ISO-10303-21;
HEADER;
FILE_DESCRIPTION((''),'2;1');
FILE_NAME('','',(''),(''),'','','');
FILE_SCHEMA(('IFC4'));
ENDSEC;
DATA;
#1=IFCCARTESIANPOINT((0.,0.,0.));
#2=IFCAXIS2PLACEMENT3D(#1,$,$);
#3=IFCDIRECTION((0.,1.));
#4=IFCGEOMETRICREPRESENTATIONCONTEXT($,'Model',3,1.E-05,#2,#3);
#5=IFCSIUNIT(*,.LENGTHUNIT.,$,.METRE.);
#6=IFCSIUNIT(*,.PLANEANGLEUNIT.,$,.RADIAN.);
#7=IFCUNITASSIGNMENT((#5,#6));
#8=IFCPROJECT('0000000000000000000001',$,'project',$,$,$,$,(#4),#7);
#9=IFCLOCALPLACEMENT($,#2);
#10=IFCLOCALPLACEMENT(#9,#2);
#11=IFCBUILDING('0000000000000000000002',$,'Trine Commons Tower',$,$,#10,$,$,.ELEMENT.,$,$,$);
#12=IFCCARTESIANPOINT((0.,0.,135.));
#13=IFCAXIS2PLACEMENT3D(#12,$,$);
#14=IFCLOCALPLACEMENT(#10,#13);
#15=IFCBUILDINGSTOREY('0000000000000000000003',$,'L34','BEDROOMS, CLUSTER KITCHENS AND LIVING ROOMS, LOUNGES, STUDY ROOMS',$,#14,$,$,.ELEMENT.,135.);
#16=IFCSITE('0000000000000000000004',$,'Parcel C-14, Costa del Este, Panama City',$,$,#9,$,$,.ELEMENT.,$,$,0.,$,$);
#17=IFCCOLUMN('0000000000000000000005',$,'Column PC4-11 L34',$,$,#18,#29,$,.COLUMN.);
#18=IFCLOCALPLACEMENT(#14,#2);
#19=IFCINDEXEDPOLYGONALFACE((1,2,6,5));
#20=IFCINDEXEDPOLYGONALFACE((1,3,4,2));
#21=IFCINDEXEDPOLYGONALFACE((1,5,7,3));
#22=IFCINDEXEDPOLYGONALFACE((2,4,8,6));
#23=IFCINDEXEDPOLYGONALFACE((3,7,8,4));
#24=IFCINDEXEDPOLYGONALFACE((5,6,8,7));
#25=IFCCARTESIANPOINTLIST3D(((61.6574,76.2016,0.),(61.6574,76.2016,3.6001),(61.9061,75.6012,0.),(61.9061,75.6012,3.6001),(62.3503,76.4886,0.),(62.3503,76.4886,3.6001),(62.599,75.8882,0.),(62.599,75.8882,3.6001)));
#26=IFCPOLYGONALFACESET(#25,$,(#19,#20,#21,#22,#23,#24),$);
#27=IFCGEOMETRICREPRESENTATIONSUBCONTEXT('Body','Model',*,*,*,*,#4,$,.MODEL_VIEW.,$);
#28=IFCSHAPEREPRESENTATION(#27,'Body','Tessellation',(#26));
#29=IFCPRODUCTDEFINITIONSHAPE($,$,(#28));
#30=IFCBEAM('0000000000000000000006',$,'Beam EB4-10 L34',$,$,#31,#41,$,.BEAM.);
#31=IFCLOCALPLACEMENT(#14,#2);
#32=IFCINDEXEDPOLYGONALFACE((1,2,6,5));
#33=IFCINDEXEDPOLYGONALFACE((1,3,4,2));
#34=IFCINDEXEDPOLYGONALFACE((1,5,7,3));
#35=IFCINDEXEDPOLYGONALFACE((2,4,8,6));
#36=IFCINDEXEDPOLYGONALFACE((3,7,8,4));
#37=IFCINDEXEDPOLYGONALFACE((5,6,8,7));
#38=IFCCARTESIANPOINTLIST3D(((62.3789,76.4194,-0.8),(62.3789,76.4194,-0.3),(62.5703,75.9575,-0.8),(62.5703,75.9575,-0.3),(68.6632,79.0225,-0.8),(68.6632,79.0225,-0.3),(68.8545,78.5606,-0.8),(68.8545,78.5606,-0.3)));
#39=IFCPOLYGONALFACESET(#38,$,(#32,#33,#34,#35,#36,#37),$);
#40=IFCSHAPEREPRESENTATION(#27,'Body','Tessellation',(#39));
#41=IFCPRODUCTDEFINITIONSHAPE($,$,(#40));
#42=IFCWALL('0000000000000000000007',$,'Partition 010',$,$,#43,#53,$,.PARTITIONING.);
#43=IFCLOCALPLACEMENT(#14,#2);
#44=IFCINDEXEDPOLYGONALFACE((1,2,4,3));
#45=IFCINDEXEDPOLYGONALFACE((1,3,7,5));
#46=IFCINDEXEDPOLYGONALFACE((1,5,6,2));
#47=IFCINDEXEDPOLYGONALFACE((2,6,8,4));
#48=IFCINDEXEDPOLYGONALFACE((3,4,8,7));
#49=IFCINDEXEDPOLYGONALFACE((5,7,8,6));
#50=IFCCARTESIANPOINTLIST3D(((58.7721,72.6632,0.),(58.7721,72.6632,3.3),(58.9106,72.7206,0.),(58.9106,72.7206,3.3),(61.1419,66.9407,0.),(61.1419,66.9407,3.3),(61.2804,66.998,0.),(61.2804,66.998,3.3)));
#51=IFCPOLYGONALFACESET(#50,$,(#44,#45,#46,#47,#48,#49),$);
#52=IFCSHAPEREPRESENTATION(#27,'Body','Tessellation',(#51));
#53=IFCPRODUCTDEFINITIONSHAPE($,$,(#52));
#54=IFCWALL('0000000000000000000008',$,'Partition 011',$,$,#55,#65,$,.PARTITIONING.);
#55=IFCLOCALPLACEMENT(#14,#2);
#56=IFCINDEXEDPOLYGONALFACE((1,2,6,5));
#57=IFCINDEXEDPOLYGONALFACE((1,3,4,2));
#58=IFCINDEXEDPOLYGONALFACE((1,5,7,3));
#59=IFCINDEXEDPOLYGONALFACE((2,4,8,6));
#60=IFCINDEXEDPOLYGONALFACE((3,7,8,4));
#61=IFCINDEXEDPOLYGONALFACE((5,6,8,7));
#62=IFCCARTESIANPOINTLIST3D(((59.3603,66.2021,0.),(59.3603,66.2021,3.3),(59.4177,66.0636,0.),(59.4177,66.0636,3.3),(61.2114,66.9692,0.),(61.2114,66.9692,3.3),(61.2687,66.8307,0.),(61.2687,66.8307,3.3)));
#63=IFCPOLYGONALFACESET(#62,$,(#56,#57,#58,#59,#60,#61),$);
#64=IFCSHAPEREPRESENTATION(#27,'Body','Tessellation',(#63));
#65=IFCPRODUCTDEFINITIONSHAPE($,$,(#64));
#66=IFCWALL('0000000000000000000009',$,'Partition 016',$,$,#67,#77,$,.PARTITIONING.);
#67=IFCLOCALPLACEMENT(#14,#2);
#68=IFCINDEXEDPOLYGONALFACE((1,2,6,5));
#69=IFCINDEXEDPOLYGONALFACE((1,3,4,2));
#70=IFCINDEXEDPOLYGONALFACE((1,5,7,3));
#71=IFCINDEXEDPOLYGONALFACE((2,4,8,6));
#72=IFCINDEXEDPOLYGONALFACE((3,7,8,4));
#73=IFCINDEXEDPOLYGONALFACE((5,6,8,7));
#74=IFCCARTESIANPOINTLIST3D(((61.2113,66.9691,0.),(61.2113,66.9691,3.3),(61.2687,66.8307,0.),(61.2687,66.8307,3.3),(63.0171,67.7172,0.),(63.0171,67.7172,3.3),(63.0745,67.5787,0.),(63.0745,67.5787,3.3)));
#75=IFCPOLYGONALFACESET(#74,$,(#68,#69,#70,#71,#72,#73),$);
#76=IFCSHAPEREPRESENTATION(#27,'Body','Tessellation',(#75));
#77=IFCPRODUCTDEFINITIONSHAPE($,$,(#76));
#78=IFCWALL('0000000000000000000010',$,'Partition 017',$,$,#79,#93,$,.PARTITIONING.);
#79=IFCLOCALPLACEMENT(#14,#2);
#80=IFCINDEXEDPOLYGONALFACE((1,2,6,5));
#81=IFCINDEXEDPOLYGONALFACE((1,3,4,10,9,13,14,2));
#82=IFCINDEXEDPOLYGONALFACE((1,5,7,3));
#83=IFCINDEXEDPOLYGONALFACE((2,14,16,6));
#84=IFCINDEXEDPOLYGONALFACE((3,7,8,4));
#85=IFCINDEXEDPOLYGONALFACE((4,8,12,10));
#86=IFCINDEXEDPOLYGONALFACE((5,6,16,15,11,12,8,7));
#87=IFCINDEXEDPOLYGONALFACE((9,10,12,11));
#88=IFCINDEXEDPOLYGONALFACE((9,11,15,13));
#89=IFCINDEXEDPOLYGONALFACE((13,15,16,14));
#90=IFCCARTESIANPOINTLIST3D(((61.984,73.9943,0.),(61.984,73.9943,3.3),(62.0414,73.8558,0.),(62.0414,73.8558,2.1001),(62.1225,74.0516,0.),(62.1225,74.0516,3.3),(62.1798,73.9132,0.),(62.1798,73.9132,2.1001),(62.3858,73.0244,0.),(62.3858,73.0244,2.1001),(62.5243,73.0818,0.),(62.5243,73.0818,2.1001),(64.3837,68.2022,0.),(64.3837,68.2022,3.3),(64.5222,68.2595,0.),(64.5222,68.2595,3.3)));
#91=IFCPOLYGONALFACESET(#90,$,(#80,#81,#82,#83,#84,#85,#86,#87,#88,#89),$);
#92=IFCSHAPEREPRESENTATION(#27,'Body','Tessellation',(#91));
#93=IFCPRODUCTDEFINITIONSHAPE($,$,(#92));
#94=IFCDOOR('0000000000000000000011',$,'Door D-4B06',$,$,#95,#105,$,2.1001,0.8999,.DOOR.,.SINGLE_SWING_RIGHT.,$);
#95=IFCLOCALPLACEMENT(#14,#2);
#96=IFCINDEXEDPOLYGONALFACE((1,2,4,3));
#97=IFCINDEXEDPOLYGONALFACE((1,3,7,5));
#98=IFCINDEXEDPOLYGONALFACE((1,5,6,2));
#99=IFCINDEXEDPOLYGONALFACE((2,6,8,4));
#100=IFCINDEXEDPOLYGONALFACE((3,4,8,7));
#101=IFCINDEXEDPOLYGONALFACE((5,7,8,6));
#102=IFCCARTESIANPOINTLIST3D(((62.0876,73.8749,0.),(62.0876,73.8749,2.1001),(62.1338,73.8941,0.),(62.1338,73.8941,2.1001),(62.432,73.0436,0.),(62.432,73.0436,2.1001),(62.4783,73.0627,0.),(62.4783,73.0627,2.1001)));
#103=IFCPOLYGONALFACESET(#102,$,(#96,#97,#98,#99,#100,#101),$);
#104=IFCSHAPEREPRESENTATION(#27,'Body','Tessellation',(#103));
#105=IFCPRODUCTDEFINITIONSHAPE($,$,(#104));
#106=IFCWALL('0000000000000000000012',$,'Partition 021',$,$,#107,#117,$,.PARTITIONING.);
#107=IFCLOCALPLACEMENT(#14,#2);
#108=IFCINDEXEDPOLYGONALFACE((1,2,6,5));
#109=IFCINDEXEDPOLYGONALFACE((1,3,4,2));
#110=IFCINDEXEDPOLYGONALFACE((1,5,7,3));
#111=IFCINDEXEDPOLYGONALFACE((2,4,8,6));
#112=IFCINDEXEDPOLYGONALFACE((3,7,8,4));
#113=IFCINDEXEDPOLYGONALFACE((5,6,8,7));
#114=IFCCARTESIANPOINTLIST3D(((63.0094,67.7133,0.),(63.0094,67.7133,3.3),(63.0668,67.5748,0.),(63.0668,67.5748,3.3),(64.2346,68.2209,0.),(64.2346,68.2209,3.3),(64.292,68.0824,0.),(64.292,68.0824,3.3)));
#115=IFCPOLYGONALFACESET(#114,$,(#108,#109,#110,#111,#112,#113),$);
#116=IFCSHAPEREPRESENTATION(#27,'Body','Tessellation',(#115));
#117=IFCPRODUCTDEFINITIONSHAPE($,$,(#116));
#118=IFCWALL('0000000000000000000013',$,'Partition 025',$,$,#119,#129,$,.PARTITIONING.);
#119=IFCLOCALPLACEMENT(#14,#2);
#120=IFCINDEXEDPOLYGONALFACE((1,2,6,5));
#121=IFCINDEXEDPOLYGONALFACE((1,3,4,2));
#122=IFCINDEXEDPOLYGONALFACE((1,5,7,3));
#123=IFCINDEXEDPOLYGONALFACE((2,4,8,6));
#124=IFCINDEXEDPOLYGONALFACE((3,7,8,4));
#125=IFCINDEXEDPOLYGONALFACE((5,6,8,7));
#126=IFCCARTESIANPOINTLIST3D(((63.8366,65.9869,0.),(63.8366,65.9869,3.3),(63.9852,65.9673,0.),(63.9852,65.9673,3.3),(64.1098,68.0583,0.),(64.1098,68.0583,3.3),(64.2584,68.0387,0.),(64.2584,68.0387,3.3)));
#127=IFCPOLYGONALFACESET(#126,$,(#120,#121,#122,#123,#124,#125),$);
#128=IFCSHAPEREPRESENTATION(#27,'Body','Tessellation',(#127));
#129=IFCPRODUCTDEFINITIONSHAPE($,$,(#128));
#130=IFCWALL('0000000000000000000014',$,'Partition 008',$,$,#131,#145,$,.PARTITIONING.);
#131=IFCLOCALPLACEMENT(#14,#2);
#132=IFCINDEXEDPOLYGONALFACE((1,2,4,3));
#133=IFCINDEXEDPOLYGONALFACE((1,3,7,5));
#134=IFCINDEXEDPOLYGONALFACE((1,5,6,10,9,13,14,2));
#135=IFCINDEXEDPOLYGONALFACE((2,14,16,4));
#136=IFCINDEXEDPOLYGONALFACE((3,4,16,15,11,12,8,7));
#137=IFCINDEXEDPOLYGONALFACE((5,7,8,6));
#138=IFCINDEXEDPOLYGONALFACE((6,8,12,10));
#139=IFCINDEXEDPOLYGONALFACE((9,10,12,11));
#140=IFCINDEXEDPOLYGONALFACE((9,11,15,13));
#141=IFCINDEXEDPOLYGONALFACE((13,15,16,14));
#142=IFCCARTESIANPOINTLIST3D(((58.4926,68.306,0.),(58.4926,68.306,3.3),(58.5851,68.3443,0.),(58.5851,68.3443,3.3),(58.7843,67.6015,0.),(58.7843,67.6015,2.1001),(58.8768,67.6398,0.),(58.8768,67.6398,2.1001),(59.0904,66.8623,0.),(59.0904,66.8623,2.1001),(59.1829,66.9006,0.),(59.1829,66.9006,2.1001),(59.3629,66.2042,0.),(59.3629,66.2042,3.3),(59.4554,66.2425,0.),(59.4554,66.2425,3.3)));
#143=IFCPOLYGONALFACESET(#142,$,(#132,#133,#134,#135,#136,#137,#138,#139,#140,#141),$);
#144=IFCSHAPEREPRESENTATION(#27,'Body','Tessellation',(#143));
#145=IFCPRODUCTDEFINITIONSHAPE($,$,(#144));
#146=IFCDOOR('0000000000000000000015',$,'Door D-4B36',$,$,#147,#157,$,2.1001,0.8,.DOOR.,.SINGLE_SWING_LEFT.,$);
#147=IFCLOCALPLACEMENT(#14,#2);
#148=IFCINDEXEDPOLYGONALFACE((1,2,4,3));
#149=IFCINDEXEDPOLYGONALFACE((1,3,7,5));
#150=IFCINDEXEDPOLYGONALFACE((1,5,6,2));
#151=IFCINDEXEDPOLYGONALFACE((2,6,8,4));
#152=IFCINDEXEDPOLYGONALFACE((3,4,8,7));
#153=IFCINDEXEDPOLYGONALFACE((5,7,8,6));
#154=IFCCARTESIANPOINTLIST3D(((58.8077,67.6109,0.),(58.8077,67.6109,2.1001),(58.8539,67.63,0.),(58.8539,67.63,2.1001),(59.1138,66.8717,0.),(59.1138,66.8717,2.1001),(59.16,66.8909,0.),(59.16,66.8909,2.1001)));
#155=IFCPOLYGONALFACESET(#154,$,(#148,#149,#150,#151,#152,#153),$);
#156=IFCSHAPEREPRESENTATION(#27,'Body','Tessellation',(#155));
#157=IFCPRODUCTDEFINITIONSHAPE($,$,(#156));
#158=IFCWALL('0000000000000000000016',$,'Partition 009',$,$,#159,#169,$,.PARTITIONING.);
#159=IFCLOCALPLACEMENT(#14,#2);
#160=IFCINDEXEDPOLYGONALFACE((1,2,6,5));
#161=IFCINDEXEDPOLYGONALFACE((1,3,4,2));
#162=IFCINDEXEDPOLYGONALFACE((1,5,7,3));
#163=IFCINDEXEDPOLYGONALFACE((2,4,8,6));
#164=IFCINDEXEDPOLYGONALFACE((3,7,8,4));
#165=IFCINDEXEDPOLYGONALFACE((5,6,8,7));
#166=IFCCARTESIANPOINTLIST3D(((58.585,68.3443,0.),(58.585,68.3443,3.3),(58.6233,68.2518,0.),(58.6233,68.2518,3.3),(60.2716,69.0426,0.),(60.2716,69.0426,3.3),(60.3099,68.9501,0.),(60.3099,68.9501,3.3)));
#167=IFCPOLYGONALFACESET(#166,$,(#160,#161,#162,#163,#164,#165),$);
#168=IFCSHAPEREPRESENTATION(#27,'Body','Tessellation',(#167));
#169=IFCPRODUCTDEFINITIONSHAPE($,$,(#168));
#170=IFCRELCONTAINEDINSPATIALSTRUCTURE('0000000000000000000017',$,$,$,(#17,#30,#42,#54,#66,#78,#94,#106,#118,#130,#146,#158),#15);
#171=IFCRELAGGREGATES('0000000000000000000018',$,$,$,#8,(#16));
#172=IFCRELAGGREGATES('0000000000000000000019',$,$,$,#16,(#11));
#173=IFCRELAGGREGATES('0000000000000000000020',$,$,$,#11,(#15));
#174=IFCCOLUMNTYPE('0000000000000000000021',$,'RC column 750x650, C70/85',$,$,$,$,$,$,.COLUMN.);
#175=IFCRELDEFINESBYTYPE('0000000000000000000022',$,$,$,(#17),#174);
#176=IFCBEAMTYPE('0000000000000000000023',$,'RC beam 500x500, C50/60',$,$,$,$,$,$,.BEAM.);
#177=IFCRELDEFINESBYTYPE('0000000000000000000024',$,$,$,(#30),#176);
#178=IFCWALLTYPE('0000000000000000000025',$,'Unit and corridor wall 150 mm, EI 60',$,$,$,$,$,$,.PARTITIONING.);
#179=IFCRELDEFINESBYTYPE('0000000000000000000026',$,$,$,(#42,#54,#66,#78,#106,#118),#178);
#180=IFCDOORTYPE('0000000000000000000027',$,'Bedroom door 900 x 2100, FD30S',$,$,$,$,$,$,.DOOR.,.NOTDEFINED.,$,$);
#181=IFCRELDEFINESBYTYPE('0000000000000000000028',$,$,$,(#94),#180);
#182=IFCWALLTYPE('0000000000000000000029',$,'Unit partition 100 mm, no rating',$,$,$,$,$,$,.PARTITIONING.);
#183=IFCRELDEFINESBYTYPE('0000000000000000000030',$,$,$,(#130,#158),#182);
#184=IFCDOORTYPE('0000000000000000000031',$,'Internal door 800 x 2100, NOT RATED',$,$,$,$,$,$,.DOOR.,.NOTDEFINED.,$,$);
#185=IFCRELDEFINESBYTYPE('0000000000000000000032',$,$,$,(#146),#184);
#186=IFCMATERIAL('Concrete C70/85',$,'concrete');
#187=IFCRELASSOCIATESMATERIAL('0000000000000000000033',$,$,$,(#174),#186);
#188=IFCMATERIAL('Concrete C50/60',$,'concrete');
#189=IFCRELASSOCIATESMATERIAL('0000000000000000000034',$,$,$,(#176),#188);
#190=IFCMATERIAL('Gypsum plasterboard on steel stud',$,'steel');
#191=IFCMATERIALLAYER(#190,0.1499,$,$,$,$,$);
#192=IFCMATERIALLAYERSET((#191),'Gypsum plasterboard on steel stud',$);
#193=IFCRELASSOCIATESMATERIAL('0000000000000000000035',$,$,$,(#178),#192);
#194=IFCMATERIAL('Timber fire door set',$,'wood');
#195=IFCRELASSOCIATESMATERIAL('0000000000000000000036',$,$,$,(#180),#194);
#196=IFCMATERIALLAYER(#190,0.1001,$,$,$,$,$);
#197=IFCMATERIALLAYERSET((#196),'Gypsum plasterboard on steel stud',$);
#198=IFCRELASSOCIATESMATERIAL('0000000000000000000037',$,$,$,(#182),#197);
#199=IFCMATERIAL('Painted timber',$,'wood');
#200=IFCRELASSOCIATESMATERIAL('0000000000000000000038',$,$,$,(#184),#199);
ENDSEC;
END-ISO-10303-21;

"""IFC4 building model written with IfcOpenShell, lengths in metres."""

from ifc_helpers import new_model, si_unit, direction, frame, frame_2d, origin, origin_2d, place, context, subcontext, project, spatial, rectangle, extrude, material, layer, layer_set, material_profile, profile_set, type_object, element, fill, save


model = new_model("IFC4")

# Units and contexts
model_context = context("Model", 3, precision=1e-05, world=origin(), true_north=direction((0.0, 1.0)))
body_context = subcontext(model_context, "Body", "Model", "MODEL_VIEW")
ifc_project = project(units=[si_unit("LENGTHUNIT", "METRE"), si_unit("PLANEANGLEUNIT", "RADIAN")], contexts=[model_context])

# Site, building, storey
site_placement = place(None, origin())
site = spatial("IfcSite", under=ifc_project, at=site_placement, Name="Parcel C-14, Costa del Este, Panama City", CompositionType="ELEMENT", RefElevation=0.0)
building_placement = place(site_placement, origin())
building = spatial("IfcBuilding", under=site, at=building_placement, Name="Trine Commons Tower", CompositionType="ELEMENT")
storey_placement = place(building_placement, frame((0.0, 0.0, 135.0)))
storey = spatial("IfcBuildingStorey", under=building, at=storey_placement, Name="L34", Description="BEDROOMS, CLUSTER KITCHENS AND LIVING ROOMS, LOUNGES, STUDY ROOMS", CompositionType="ELEMENT", Elevation=135.0)

# Column
ifc_material_1 = material(Name="Concrete C70/85", Category="concrete")
ifc_material_profile_1 = material_profile(ifc_material_1, rectangle(XDim=0.75, YDim=0.6499, at=origin_2d()), Name="RC 750x650")
ifc_profile_set_1 = profile_set([ifc_material_profile_1], Name="Concrete C70/85")
column_type = type_object("IfcColumnType", Name="RC column 750x650, C70/85", PredefinedType="COLUMN", material=ifc_profile_set_1)
column_placement = place(storey_placement, frame((62.1282, 76.0449, 0.0), z_axis=(0.0, 0.0, 1.0), x_axis=(0.92388, 0.382683, 0.0)))
element("IfcColumn", 1, at=column_placement, inside=storey, type_object=column_type, Name="Column PC4-11 L34", PredefinedType="COLUMN", context=body_context, shape_type="SweptSolid", body=[
    extrude(rectangle(XDim=0.75, YDim=0.6499, at=origin_2d()), origin(), (0.0, 0.0, 1.0), 3.6001),
])

# Beam
ifc_material_2 = material(Name="Concrete C50/60", Category="concrete")
ifc_material_profile_2 = material_profile(ifc_material_2, rectangle(XDim=0.5, YDim=0.5, at=origin_2d()), Name="RC 500x500")
ifc_profile_set_2 = profile_set([ifc_material_profile_2], Name="Concrete C50/60")
beam_type = type_object("IfcBeamType", Name="RC beam 500x500, C50/60", PredefinedType="BEAM", material=ifc_profile_set_2)
beam_placement = place(storey_placement, frame((62.4746, 76.1885, -0.55), z_axis=(0.923878, 0.382688, 0.0), x_axis=(-0.382688, 0.923878, 0.0)))
element("IfcBeam", 2, at=beam_placement, inside=storey, type_object=beam_type, Name="Beam EB4-10 L34", PredefinedType="BEAM", context=body_context, shape_type="SweptSolid", body=[
    extrude(rectangle(XDim=0.5, YDim=0.5, at=origin_2d()), origin(), (0.0, 0.0, 1.0), 6.802),
])

# Walls
ifc_material_3 = material(Name="Gypsum plasterboard on steel stud", Category="steel")
ifc_layer_1 = layer(ifc_material_3, 0.1499)
ifc_layer_set_1 = layer_set([ifc_layer_1], Name="Gypsum plasterboard on steel stud")
wall_type_1 = type_object("IfcWallType", Name="Unit and corridor wall 150 mm, EI 60", PredefinedType="PARTITIONING", material=ifc_layer_set_1)
wall_1_placement = place(storey_placement, frame((58.8413, 72.6919, 0.0), z_axis=(0.0, 0.0, 1.0), x_axis=(0.382611, -0.92391, 0.0)))
element("IfcWall", 3, at=wall_1_placement, inside=storey, type_object=wall_type_1, Name="Partition 010", PredefinedType="PARTITIONING", context=body_context, shape_type="SweptSolid", body=[
    extrude(rectangle(XDim=6.1938, YDim=0.1499, at=frame_2d((3.0969, 0.0))), origin(), (0.0, 0.0, 1.0), 3.3),
])
wall_2_placement = place(storey_placement, frame((59.3889, 66.1328, 0.0), z_axis=(0.0, 0.0, 1.0), x_axis=(0.923818, 0.382832, 0.0)))
element("IfcWall", 4, at=wall_2_placement, inside=storey, type_object=wall_type_1, Name="Partition 011", PredefinedType="PARTITIONING", context=body_context, shape_type="SweptSolid", body=[
    extrude(rectangle(XDim=2.0037, YDim=0.1499, at=frame_2d((1.002, 0.0))), origin(), (0.0, 0.0, 1.0), 3.3),
])
wall_3_placement = place(storey_placement, frame((61.24, 66.8999, 0.0), z_axis=(0.0, 0.0, 1.0), x_axis=(0.923877, 0.38269, 0.0)))
element("IfcWall", 5, at=wall_3_placement, inside=storey, type_object=wall_type_1, Name="Partition 016", PredefinedType="PARTITIONING", context=body_context, shape_type="SweptSolid", body=[
    extrude(rectangle(XDim=1.9546, YDim=0.1499, at=frame_2d((0.9773, 0.0))), origin(), (0.0, 0.0, 1.0), 3.3),
])

# Wall, opening, door
wall_4_placement = place(storey_placement, frame((62.0532, 74.0229, 0.0), z_axis=(0.0, 0.0, 1.0), x_axis=(0.382756, -0.923849, 0.0)))
wall_4 = element("IfcWall", 6, at=wall_4_placement, inside=storey, type_object=wall_type_1, Name="Partition 017", PredefinedType="PARTITIONING", context=body_context, shape_type="SweptSolid", body=[
    extrude(rectangle(XDim=6.2695, YDim=0.1499, at=frame_2d((3.1348, 0.0))), origin(), (0.0, 0.0, 1.0), 3.3),
])
opening_1_placement = place(wall_4_placement, frame((0.1499, 0.0, 0.0)))
opening_1 = element("IfcOpeningElement", 7, at=opening_1_placement, cuts=wall_4, PredefinedType="OPENING", context=body_context, shape_type="SweptSolid", body=[
    extrude(rectangle(XDim=0.8999, YDim=2.1001, at=frame_2d((0.45, 1.05))), frame((0.0, 0.085, 0.0), z_axis=(0.0, -1.0, 0.0), x_axis=(1.0, 0.0, 0.0)), (0.0, 0.0, 1.0), 0.1699),
])
ifc_material_4 = material(Name="Timber fire door set", Category="wood")
door_type_1 = type_object("IfcDoorType", Name="Bedroom door 900 x 2100, FD30S", OperationType="NOTDEFINED", PredefinedType="DOOR", material=ifc_material_4)
door_1_placement = place(opening_1_placement, frame((0.8999, 0.0, 0.0), z_axis=(0.0, 0.0, 1.0), x_axis=(-1.0, 0.0, 0.0)))
door_1 = element("IfcDoor", 8, at=door_1_placement, inside=storey, type_object=door_type_1, Name="Door D-4B06", OperationType="SINGLE_SWING_RIGHT", OverallHeight=2.1001, OverallWidth=0.8999, PredefinedType="DOOR", context=body_context, shape_type="SweptSolid", body=[
    extrude(rectangle(XDim=0.8999, YDim=2.1001, at=frame_2d((0.45, 1.05))), frame((0.0, 0.0249, 0.0), z_axis=(0.0, -1.0, 0.0), x_axis=(1.0, 0.0, 0.0)), (0.0, 0.0, 1.0), 0.05),
])
fill(opening_1, door_1)

# Walls
wall_5_placement = place(storey_placement, frame((63.0381, 67.644, 0.0), z_axis=(0.0, 0.0, 1.0), x_axis=(0.923849, 0.382758, 0.0)))
element("IfcWall", 9, at=wall_5_placement, inside=storey, type_object=wall_type_1, Name="Partition 021", PredefinedType="PARTITIONING", context=body_context, shape_type="SweptSolid", body=[
    extrude(rectangle(XDim=1.3262, YDim=0.1499, at=frame_2d((0.6631, 0.0))), origin(), (0.0, 0.0, 1.0), 3.3),
])
wall_6_placement = place(storey_placement, frame((63.9109, 65.9771, 0.0), z_axis=(0.0, 0.0, 1.0), x_axis=(0.130748, 0.991416, 0.0)))
element("IfcWall", 10, at=wall_6_placement, inside=storey, type_object=wall_type_1, Name="Partition 025", PredefinedType="PARTITIONING", context=body_context, shape_type="SweptSolid", body=[
    extrude(rectangle(XDim=2.0894, YDim=0.1499, at=frame_2d((1.0447, 0.0))), origin(), (0.0, 0.0, 1.0), 3.3),
])

# Wall, opening, door
ifc_layer_2 = layer(ifc_material_3, 0.1001)
ifc_layer_set_2 = layer_set([ifc_layer_2], Name="Gypsum plasterboard on steel stud")
wall_type_2 = type_object("IfcWallType", Name="Unit partition 100 mm, no rating", PredefinedType="PARTITIONING", material=ifc_layer_set_2)
wall_7_placement = place(storey_placement, frame((58.5388, 68.3252, 0.0), z_axis=(0.0, 0.0, 1.0), x_axis=(0.382595, -0.923916, 0.0)))
wall_7 = element("IfcWall", 11, at=wall_7_placement, inside=storey, type_object=wall_type_2, Name="Partition 008", PredefinedType="PARTITIONING", context=body_context, shape_type="SweptSolid", body=[
    extrude(rectangle(XDim=2.2749, YDim=0.1001, at=frame_2d((1.1375, 0.0))), origin(), (0.0, 0.0, 1.0), 3.3),
])
opening_2_placement = place(wall_7_placement, frame((0.7627, 0.0, 0.0)))
opening_2 = element("IfcOpeningElement", 12, at=opening_2_placement, cuts=wall_7, PredefinedType="OPENING", context=body_context, shape_type="SweptSolid", body=[
    extrude(rectangle(XDim=0.8, YDim=2.1001, at=frame_2d((0.3999, 1.05))), frame((0.0, 0.0601, 0.0), z_axis=(0.0, -1.0, 0.0), x_axis=(1.0, 0.0, 0.0)), (0.0, 0.0, 1.0), 0.1201),
])
ifc_material_5 = material(Name="Painted timber", Category="wood")
door_type_2 = type_object("IfcDoorType", Name="Internal door 800 x 2100, NOT RATED", OperationType="NOTDEFINED", PredefinedType="DOOR", material=ifc_material_5)
door_2_placement = place(opening_2_placement, frame((0.8, 0.0, 0.0), z_axis=(0.0, 0.0, 1.0), x_axis=(-1.0, 0.0, 0.0)))
door_2 = element("IfcDoor", 13, at=door_2_placement, inside=storey, type_object=door_type_2, Name="Door D-4B36", OperationType="SINGLE_SWING_LEFT", OverallHeight=2.1001, OverallWidth=0.8, PredefinedType="DOOR", context=body_context, shape_type="SweptSolid", body=[
    extrude(rectangle(XDim=0.8, YDim=2.1001, at=frame_2d((0.3999, 1.05))), frame((0.0, 0.0249, 0.0), z_axis=(0.0, -1.0, 0.0), x_axis=(1.0, 0.0, 0.0)), (0.0, 0.0, 1.0), 0.05),
])
fill(opening_2, door_2)

# Wall
wall_8_placement = place(storey_placement, frame((58.6042, 68.2981, 0.0), z_axis=(0.0, 0.0, 1.0), x_axis=(0.923945, 0.382525, 0.0)))
element("IfcWall", 14, at=wall_8_placement, inside=storey, type_object=wall_type_2, Name="Partition 009", PredefinedType="PARTITIONING", context=body_context, shape_type="SweptSolid", body=[
    extrude(rectangle(XDim=1.8254, YDim=0.1001, at=frame_2d((0.9126, 0.0))), origin(), (0.0, 0.0, 1.0), 3.3),
])

save(model, "model.ifc")
